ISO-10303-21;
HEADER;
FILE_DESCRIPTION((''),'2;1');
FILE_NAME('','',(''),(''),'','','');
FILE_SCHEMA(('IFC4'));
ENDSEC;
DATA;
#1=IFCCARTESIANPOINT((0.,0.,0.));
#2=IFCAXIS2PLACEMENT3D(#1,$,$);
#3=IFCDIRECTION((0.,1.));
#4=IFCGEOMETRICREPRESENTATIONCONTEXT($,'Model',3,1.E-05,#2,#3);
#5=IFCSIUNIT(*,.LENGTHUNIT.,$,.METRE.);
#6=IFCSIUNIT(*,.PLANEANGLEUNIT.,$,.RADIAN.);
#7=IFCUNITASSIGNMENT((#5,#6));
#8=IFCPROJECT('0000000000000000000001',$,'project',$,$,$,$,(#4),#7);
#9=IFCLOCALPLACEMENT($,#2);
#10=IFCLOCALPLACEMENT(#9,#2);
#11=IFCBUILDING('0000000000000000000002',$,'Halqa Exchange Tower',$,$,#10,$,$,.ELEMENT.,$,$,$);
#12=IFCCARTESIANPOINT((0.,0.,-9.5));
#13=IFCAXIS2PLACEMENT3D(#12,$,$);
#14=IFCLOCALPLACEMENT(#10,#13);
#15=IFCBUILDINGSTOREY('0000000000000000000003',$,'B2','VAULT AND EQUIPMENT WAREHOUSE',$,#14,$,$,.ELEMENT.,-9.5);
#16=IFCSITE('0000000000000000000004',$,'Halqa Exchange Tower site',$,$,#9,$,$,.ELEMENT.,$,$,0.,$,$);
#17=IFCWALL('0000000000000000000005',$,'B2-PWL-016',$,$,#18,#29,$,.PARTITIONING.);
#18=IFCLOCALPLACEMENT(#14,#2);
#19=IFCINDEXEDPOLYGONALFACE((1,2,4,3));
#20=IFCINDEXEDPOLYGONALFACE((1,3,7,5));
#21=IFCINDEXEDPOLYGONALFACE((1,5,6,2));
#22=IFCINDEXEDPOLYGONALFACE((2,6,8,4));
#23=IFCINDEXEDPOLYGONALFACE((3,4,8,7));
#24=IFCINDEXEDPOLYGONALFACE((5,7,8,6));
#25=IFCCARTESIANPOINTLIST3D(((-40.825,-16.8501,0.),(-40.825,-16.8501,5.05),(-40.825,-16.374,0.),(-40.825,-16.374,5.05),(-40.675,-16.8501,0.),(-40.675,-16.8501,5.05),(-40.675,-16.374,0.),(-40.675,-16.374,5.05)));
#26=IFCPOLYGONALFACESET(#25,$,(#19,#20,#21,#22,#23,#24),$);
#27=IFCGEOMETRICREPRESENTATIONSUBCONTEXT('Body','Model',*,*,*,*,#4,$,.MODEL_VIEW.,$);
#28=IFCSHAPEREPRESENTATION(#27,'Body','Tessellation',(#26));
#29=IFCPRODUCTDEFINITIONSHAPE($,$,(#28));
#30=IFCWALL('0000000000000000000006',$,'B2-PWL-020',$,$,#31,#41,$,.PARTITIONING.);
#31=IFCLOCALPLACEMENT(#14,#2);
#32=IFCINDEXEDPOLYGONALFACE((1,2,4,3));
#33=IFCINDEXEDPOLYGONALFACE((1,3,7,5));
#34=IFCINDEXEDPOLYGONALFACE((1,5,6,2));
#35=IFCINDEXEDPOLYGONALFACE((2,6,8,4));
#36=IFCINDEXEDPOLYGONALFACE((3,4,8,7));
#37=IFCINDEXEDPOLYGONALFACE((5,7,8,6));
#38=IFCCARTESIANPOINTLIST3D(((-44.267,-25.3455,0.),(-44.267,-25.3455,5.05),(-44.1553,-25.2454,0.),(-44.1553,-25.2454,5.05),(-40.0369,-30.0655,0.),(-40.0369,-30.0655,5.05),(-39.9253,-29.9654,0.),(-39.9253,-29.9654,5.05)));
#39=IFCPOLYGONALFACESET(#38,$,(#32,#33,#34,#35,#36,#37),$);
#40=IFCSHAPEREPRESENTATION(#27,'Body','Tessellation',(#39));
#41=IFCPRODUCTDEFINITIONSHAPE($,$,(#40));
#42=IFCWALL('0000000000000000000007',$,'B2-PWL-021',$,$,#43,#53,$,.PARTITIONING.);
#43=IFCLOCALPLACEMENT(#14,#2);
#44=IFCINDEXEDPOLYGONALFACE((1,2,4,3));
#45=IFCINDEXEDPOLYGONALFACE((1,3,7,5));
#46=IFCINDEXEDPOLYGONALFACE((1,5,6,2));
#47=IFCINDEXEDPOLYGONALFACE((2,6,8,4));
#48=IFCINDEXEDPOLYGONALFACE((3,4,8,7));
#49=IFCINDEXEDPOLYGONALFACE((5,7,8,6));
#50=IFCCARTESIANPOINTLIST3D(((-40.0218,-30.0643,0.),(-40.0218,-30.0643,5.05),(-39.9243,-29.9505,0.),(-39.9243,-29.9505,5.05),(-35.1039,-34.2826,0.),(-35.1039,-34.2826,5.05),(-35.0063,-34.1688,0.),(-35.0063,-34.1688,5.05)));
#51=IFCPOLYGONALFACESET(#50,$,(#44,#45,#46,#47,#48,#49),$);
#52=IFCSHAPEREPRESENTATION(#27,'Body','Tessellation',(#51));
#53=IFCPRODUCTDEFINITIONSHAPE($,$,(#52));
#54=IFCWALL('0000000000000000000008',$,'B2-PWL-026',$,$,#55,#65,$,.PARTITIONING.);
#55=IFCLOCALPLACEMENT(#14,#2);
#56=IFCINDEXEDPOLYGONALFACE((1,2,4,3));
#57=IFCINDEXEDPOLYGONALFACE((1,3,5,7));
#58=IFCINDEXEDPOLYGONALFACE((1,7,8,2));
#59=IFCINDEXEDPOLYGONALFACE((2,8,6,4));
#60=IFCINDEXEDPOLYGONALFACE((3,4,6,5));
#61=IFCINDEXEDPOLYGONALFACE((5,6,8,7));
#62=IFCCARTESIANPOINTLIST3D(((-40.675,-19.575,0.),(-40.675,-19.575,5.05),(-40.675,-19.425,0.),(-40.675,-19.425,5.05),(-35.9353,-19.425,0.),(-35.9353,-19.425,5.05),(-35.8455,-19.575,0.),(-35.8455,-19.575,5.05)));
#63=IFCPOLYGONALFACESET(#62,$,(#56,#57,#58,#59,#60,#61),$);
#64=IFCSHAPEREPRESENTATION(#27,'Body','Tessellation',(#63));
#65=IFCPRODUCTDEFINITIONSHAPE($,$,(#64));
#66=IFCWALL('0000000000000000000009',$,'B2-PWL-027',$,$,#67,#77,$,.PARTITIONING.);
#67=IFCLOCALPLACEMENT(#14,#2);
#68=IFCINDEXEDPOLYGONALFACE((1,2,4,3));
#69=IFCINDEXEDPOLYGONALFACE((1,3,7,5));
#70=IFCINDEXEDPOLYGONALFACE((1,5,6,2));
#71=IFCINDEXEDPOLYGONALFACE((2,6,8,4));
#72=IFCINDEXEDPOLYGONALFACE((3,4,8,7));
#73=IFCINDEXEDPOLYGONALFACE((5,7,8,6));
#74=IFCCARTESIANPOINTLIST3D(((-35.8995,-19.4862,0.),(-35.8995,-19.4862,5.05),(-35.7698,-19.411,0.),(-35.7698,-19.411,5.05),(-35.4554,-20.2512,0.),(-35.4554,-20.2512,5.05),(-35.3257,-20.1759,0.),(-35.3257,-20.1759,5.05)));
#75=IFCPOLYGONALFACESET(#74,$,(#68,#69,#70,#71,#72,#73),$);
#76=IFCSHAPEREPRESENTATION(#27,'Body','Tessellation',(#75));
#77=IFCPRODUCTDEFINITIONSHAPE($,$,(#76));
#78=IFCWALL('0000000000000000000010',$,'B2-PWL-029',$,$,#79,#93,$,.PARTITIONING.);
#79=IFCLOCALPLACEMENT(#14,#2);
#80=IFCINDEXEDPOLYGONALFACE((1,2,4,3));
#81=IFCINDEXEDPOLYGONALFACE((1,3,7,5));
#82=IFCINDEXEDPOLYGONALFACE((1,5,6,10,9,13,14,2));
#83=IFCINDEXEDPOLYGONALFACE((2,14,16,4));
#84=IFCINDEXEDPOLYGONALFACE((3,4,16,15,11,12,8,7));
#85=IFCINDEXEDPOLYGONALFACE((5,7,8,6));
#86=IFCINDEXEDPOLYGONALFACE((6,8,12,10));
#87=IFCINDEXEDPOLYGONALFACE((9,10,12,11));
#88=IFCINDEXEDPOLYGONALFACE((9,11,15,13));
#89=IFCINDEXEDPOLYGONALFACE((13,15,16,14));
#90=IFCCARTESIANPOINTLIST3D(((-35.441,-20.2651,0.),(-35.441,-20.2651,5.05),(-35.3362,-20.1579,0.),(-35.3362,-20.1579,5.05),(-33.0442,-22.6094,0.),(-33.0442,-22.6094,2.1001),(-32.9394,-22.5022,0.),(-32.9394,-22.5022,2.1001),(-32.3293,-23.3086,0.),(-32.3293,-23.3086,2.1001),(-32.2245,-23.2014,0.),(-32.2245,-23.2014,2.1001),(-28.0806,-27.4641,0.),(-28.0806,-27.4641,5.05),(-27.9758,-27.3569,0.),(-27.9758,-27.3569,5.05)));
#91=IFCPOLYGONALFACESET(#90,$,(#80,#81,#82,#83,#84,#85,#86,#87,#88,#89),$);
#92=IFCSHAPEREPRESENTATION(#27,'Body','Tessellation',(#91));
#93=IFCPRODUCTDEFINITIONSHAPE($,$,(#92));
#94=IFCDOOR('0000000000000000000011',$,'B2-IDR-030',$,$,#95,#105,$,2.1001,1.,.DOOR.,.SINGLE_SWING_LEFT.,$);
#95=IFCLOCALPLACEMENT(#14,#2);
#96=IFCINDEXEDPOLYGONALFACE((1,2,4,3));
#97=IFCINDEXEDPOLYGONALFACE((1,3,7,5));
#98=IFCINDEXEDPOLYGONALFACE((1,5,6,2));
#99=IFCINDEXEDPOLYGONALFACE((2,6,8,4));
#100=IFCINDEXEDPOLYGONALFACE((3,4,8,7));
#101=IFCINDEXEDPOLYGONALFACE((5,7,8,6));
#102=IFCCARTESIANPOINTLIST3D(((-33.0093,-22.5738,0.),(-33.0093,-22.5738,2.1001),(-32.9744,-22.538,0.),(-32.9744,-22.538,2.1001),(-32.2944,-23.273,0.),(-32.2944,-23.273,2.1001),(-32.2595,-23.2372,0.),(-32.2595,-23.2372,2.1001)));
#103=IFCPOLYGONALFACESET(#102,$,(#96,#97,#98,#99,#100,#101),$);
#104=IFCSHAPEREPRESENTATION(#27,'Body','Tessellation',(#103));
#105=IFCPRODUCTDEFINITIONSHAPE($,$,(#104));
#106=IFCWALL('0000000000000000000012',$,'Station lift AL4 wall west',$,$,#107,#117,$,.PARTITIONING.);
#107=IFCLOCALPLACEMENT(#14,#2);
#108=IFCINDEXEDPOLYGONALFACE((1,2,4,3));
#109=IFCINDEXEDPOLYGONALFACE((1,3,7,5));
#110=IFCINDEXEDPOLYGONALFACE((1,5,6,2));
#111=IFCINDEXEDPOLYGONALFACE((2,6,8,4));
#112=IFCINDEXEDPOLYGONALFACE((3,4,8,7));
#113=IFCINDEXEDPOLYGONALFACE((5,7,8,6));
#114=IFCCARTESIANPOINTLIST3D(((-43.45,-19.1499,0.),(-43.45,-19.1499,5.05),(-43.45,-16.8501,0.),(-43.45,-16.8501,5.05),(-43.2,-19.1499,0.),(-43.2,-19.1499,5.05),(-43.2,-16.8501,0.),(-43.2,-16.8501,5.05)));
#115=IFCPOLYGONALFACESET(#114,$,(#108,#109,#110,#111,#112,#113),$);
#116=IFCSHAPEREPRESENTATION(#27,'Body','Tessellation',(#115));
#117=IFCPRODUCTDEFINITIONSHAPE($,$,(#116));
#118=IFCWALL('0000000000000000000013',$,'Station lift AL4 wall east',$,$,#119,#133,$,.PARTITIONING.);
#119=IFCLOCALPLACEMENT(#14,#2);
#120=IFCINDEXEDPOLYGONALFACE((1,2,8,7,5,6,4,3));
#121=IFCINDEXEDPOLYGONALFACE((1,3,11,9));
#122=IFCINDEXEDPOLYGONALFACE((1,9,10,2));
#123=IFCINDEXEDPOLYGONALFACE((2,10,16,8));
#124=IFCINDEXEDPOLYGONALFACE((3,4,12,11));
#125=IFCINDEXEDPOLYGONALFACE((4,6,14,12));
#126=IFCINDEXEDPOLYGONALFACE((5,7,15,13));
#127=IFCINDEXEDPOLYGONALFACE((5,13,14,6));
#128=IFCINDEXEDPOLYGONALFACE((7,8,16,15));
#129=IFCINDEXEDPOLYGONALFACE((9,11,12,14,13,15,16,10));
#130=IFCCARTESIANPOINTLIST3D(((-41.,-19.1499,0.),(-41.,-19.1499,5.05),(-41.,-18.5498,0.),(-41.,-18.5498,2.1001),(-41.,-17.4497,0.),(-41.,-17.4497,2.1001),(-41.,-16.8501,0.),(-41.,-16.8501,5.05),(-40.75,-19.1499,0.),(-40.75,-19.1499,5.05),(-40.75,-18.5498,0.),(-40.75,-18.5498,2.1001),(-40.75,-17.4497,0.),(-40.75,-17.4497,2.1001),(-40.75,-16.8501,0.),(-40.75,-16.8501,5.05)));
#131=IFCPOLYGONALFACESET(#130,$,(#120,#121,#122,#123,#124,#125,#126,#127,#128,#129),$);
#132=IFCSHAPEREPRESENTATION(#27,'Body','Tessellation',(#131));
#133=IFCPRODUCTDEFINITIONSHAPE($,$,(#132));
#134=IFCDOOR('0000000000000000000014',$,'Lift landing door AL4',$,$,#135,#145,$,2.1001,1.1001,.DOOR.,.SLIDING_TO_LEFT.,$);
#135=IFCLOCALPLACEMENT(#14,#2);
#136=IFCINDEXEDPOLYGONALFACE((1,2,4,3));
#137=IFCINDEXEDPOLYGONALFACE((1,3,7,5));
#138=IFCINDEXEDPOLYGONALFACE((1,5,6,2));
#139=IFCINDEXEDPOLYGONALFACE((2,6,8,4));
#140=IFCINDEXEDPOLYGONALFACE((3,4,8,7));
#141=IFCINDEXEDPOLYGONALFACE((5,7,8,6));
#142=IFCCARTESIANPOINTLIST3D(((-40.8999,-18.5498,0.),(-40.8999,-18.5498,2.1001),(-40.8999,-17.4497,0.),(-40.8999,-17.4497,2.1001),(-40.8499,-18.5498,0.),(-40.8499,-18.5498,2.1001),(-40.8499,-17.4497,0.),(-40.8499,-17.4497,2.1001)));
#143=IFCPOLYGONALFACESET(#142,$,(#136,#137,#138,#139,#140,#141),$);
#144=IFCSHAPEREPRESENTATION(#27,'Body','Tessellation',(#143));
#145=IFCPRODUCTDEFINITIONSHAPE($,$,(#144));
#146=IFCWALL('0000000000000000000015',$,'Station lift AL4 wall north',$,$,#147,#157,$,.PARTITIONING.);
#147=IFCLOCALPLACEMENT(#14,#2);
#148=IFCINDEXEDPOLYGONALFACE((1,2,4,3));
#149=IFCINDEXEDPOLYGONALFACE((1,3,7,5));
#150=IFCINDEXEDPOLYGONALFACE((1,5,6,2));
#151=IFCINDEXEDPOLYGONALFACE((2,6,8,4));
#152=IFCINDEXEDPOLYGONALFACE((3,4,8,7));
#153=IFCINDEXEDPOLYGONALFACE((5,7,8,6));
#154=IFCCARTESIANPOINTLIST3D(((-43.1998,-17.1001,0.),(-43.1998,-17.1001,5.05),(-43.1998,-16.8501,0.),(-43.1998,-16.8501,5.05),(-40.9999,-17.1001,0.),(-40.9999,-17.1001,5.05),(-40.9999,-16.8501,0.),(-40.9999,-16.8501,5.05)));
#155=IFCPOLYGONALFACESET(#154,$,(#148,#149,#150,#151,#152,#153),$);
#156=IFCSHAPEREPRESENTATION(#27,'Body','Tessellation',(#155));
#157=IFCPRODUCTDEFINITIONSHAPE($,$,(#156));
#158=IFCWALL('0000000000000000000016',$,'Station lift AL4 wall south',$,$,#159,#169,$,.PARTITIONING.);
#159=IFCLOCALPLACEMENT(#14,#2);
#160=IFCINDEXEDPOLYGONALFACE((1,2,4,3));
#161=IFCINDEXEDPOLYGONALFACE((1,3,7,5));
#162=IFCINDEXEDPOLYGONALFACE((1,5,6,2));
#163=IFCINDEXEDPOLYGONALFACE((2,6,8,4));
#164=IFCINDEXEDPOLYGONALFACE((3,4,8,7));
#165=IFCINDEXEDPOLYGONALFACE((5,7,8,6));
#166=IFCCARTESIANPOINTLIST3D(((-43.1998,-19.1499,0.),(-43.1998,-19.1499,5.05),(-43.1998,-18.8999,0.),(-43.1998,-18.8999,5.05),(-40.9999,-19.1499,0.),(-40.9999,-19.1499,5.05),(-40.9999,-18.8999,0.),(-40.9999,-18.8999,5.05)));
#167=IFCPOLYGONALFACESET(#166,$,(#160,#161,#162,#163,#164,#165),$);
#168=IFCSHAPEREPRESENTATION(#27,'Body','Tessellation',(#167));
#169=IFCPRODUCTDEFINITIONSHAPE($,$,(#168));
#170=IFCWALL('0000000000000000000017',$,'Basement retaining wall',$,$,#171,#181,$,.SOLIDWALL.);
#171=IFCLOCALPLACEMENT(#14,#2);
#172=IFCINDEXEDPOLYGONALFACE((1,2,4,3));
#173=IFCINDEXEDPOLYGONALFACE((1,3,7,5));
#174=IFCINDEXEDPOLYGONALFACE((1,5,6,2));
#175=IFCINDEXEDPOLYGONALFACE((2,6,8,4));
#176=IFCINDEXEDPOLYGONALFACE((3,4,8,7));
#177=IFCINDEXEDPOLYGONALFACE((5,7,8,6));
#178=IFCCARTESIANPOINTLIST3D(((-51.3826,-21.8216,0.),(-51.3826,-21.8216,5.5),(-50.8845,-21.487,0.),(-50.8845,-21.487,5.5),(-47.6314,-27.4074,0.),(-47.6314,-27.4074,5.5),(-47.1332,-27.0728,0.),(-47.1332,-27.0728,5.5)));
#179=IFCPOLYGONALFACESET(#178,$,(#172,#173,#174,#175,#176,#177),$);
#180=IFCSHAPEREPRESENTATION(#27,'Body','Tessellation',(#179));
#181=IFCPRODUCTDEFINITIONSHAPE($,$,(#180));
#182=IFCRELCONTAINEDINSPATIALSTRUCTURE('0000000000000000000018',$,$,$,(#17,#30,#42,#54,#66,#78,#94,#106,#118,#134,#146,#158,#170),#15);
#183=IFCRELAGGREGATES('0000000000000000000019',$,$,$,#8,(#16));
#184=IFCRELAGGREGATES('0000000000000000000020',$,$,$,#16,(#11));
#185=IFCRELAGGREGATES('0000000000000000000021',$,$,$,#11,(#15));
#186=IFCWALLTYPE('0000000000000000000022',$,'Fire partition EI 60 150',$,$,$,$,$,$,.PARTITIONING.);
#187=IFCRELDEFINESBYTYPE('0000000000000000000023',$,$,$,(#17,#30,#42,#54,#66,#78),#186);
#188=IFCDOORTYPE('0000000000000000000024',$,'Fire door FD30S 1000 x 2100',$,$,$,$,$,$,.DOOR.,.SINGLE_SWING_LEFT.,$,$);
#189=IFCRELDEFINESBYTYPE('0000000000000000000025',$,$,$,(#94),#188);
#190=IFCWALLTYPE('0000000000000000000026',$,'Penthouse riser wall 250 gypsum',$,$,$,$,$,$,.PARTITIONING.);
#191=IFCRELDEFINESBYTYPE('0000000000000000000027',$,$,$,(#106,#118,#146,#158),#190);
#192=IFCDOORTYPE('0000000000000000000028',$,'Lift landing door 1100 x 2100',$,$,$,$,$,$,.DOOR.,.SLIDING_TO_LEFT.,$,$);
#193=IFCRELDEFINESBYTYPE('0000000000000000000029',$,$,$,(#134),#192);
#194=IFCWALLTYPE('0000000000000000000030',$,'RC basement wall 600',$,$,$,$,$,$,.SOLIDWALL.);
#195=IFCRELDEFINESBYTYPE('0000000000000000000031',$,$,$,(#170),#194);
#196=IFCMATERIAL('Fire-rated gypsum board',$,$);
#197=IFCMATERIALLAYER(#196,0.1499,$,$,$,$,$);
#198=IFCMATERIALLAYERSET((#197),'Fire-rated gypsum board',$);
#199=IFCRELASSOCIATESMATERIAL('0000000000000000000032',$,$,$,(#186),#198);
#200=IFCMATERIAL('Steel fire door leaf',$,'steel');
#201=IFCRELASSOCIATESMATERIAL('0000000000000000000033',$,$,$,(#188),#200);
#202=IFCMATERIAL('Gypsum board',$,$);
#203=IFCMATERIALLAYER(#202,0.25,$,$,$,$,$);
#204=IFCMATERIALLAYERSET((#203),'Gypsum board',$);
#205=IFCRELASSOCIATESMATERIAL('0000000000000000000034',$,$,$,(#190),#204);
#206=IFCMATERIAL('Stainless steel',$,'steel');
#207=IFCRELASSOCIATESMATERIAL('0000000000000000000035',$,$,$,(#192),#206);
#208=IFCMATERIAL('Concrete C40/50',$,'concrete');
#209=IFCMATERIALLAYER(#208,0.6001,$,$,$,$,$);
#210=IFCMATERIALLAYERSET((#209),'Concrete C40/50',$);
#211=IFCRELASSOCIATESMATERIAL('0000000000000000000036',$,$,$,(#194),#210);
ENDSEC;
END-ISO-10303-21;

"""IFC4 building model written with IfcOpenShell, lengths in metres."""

from ifc_helpers import new_model, si_unit, direction, frame, frame_2d, origin, place, context, subcontext, project, spatial, polyline, rectangle, outline, extrude, material, layer, layer_set, type_object, element, fill, save


model = new_model("IFC4")

# Units and contexts
model_context = context("Model", 3, precision=1e-05, world=origin(), true_north=direction((0.0, 1.0)))
body_context = subcontext(model_context, "Body", "Model", "MODEL_VIEW")
ifc_project = project(units=[si_unit("LENGTHUNIT", "METRE"), si_unit("PLANEANGLEUNIT", "RADIAN")], contexts=[model_context])

# Site, building, storey
site_placement = place(None, origin())
site = spatial("IfcSite", under=ifc_project, at=site_placement, Name="Halqa Exchange Tower site", CompositionType="ELEMENT", RefElevation=0.0)
building_placement = place(site_placement, origin())
building = spatial("IfcBuilding", under=site, at=building_placement, Name="Halqa Exchange Tower", CompositionType="ELEMENT")
storey_placement = place(building_placement, frame((0.0, 0.0, -9.5)))
storey = spatial("IfcBuildingStorey", under=building, at=storey_placement, Name="B2", Description="VAULT AND EQUIPMENT WAREHOUSE", CompositionType="ELEMENT", Elevation=-9.5)

# Walls
ifc_material_1 = material(Name="Fire-rated gypsum board")
ifc_layer_1 = layer(ifc_material_1, 0.1499)
ifc_layer_set_1 = layer_set([ifc_layer_1], Name="Fire-rated gypsum board")
wall_type_1 = type_object("IfcWallType", Name="Fire partition EI 60 150", PredefinedType="PARTITIONING", material=ifc_layer_set_1)
wall_1_placement = place(storey_placement, frame((-40.75, -16.8501, 0.0), z_axis=(0.0, 0.0, 1.0), x_axis=(0.0, 1.0, 0.0)))
element("IfcWall", 1, at=wall_1_placement, inside=storey, type_object=wall_type_1, Name="B2-PWL-016", PredefinedType="PARTITIONING", context=body_context, shape_type="SweptSolid", body=[
    extrude(rectangle(XDim=0.4761, YDim=0.1499, at=frame_2d((0.238, 0.0))), origin(), (0.0, 0.0, 1.0), 5.05),
])
wall_2_placement = place(storey_placement, frame((-39.9812, -30.0154, 0.0), z_axis=(0.0, 0.0, 1.0), x_axis=(-0.667395, 0.744704, 0.0)))
element("IfcWall", 2, at=wall_2_placement, inside=storey, type_object=wall_type_1, Name="B2-PWL-020", PredefinedType="PARTITIONING", context=body_context, shape_type="SweptSolid", body=[
    extrude(rectangle(XDim=6.3381, YDim=0.1499, at=frame_2d((3.1689, 0.0))), origin(), (0.0, 0.0, 1.0), 5.05),
])
wall_3_placement = place(storey_placement, frame((-39.9731, -30.0073, 0.0), z_axis=(0.0, 0.0, 1.0), x_axis=(0.759038, -0.651046, 0.0)))
element("IfcWall", 3, at=wall_3_placement, inside=storey, type_object=wall_type_1, Name="B2-PWL-021", PredefinedType="PARTITIONING", context=body_context, shape_type="SweptSolid", body=[
    extrude(rectangle(XDim=6.4792, YDim=0.1499, at=frame_2d((3.2397, 0.0))), origin(), (0.0, 0.0, 1.0), 5.05),
])
wall_4_placement = place(storey_placement, frame((-35.8904, -19.5, 0.0), z_axis=(0.0, 0.0, 1.0), x_axis=(-1.0, 0.0, 0.0)))
element("IfcWall", 4, at=wall_4_placement, inside=storey, type_object=wall_type_1, Name="B2-PWL-026", PredefinedType="PARTITIONING", context=body_context, shape_type="SweptSolid", body=[
    extrude(outline(polyline([(0.0449, -0.075), (4.7847, -0.075), (4.7847, 0.075), (-0.0449, 0.075), (0.0449, -0.075)])), origin(), (0.0, 0.0, 1.0), 5.05),
])
wall_5_placement = place(storey_placement, frame((-35.8347, -19.4485, 0.0), z_axis=(0.0, 0.0, 1.0), x_axis=(0.502102, -0.864808, 0.0)))
element("IfcWall", 5, at=wall_5_placement, inside=storey, type_object=wall_type_1, Name="B2-PWL-027", PredefinedType="PARTITIONING", context=body_context, shape_type="SweptSolid", body=[
    extrude(rectangle(XDim=0.8845, YDim=0.1499, at=frame_2d((0.4424, 0.0))), origin(), (0.0, 0.0, 1.0), 5.05),
])

# Wall, opening, door
wall_6_placement = place(storey_placement, frame((-35.3887, -20.2114, 0.0), z_axis=(0.0, 0.0, 1.0), x_axis=(0.714901, -0.699226, 0.0)))
wall_6 = element("IfcWall", 6, at=wall_6_placement, inside=storey, type_object=wall_type_1, Name="B2-PWL-029", PredefinedType="PARTITIONING", context=body_context, shape_type="SweptSolid", body=[
    extrude(rectangle(XDim=10.2957, YDim=0.1499, at=frame_2d((5.1479, 0.0))), origin(), (0.0, 0.0, 1.0), 5.05),
])
opening_1_placement = place(wall_6_placement, frame((3.3528, 0.0, 0.0)))
opening_1 = element("IfcOpeningElement", 7, at=opening_1_placement, cuts=wall_6, PredefinedType="OPENING", context=body_context, shape_type="SweptSolid", body=[
    extrude(rectangle(XDim=1.0, YDim=2.1001, at=frame_2d((0.5, 1.05))), frame((0.0, 0.0869, 0.0), z_axis=(0.0, -1.0, 0.0), x_axis=(1.0, 0.0, 0.0)), (0.0, 0.0, 1.0), 0.1738),
])
ifc_material_2 = material(Name="Steel fire door leaf", Category="steel")
door_type_1 = type_object("IfcDoorType", Name="Fire door FD30S 1000 x 2100", OperationType="SINGLE_SWING_LEFT", PredefinedType="DOOR", material=ifc_material_2)
door_1_placement = place(opening_1_placement, origin())
door_1 = element("IfcDoor", 8, at=door_1_placement, inside=storey, type_object=door_type_1, Name="B2-IDR-030", OperationType="SINGLE_SWING_LEFT", OverallHeight=2.1001, OverallWidth=1.0, PredefinedType="DOOR", context=body_context, shape_type="SweptSolid", body=[
    extrude(rectangle(XDim=1.0, YDim=2.1001, at=frame_2d((0.5, 1.05))), frame((0.0, 0.0249, 0.0), z_axis=(0.0, -1.0, 0.0), x_axis=(1.0, 0.0, 0.0)), (0.0, 0.0, 1.0), 0.05),
])
fill(opening_1, door_1)

# Wall
ifc_material_3 = material(Name="Gypsum board")
ifc_layer_2 = layer(ifc_material_3, 0.25)
ifc_layer_set_2 = layer_set([ifc_layer_2], Name="Gypsum board")
wall_type_2 = type_object("IfcWallType", Name="Penthouse riser wall 250 gypsum", PredefinedType="PARTITIONING", material=ifc_layer_set_2)
wall_7_placement = place(storey_placement, frame((-43.325, -19.1499, 0.0), z_axis=(0.0, 0.0, 1.0), x_axis=(0.0, 1.0, 0.0)))
element("IfcWall", 9, at=wall_7_placement, inside=storey, type_object=wall_type_2, Name="Station lift AL4 wall west", PredefinedType="PARTITIONING", context=body_context, shape_type="SweptSolid", body=[
    extrude(rectangle(XDim=2.2998, YDim=0.25, at=frame_2d((1.1499, 0.0))), origin(), (0.0, 0.0, 1.0), 5.05),
])

# Wall, opening, door
wall_8_placement = place(storey_placement, frame((-40.875, -19.1499, 0.0), z_axis=(0.0, 0.0, 1.0), x_axis=(0.0, 1.0, 0.0)))
wall_8 = element("IfcWall", 10, at=wall_8_placement, inside=storey, type_object=wall_type_2, Name="Station lift AL4 wall east", PredefinedType="PARTITIONING", context=body_context, shape_type="SweptSolid", body=[
    extrude(rectangle(XDim=2.2998, YDim=0.25, at=frame_2d((1.1499, 0.0))), origin(), (0.0, 0.0, 1.0), 5.05),
])
opening_2_placement = place(wall_8_placement, frame((0.6001, 0.0, 0.0)))
opening_2 = element("IfcOpeningElement", 11, at=opening_2_placement, cuts=wall_8, PredefinedType="OPENING", context=body_context, shape_type="SweptSolid", body=[
    extrude(rectangle(XDim=1.1001, YDim=2.1001, at=frame_2d((0.55, 1.05))), frame((0.0, 0.137, 0.0), z_axis=(0.0, -1.0, 0.0), x_axis=(1.0, 0.0, 0.0)), (0.0, 0.0, 1.0), 0.2739),
])
ifc_material_4 = material(Name="Stainless steel", Category="steel")
door_type_2 = type_object("IfcDoorType", Name="Lift landing door 1100 x 2100", OperationType="SLIDING_TO_LEFT", PredefinedType="DOOR", material=ifc_material_4)
door_2_placement = place(opening_2_placement, origin())
door_2 = element("IfcDoor", 12, at=door_2_placement, inside=storey, type_object=door_type_2, Name="Lift landing door AL4", OperationType="SLIDING_TO_LEFT", OverallHeight=2.1001, OverallWidth=1.1001, PredefinedType="DOOR", context=body_context, shape_type="SweptSolid", body=[
    extrude(rectangle(XDim=1.1001, YDim=2.1001, at=frame_2d((0.55, 1.05))), frame((0.0, 0.0249, 0.0), z_axis=(0.0, -1.0, 0.0), x_axis=(1.0, 0.0, 0.0)), (0.0, 0.0, 1.0), 0.05),
])
fill(opening_2, door_2)

# Walls
for number, where, z_axis, x_axis, name in (
    (13, (-43.2, -16.9751, 0.0), (0.0, 0.0, 1.0), (1.0, 0.0, 0.0), "Station lift AL4 wall north"),
    (14, (-43.2, -19.0249, 0.0), (0.0, 0.0, 1.0), (1.0, 0.0, 0.0), "Station lift AL4 wall south"),
):
    element("IfcWall", number, at=place(storey_placement, frame(where, z_axis=z_axis, x_axis=x_axis)), inside=storey, type_object=wall_type_2, Name=name, PredefinedType="PARTITIONING", context=body_context, shape_type="SweptSolid", body=[
        extrude(rectangle(XDim=2.2, YDim=0.25, at=frame_2d((1.1001, 0.0))), origin(), (0.0, 0.0, 1.0), 5.05),
    ])
ifc_material_5 = material(Name="Concrete C40/50", Category="concrete")
ifc_layer_3 = layer(ifc_material_5, 0.6001)
ifc_layer_set_3 = layer_set([ifc_layer_3], Name="Concrete C40/50")
wall_type_3 = type_object("IfcWallType", Name="RC basement wall 600", PredefinedType="SOLIDWALL", material=ifc_layer_set_3)
wall_9_placement = place(storey_placement, frame((-51.1335, -21.6543, 0.0), z_axis=(0.0, 0.0, 1.0), x_axis=(0.557519, -0.830164, 0.0)))
element("IfcWall", 15, at=wall_9_placement, inside=storey, type_object=wall_type_3, Name="Basement retaining wall", PredefinedType="SOLIDWALL", context=body_context, shape_type="SweptSolid", body=[
    extrude(rectangle(XDim=6.7285, YDim=0.6001, at=frame_2d((3.3643, 0.0))), origin(), (0.0, 0.0, 1.0), 5.5),
])

save(model, "model.ifc")
